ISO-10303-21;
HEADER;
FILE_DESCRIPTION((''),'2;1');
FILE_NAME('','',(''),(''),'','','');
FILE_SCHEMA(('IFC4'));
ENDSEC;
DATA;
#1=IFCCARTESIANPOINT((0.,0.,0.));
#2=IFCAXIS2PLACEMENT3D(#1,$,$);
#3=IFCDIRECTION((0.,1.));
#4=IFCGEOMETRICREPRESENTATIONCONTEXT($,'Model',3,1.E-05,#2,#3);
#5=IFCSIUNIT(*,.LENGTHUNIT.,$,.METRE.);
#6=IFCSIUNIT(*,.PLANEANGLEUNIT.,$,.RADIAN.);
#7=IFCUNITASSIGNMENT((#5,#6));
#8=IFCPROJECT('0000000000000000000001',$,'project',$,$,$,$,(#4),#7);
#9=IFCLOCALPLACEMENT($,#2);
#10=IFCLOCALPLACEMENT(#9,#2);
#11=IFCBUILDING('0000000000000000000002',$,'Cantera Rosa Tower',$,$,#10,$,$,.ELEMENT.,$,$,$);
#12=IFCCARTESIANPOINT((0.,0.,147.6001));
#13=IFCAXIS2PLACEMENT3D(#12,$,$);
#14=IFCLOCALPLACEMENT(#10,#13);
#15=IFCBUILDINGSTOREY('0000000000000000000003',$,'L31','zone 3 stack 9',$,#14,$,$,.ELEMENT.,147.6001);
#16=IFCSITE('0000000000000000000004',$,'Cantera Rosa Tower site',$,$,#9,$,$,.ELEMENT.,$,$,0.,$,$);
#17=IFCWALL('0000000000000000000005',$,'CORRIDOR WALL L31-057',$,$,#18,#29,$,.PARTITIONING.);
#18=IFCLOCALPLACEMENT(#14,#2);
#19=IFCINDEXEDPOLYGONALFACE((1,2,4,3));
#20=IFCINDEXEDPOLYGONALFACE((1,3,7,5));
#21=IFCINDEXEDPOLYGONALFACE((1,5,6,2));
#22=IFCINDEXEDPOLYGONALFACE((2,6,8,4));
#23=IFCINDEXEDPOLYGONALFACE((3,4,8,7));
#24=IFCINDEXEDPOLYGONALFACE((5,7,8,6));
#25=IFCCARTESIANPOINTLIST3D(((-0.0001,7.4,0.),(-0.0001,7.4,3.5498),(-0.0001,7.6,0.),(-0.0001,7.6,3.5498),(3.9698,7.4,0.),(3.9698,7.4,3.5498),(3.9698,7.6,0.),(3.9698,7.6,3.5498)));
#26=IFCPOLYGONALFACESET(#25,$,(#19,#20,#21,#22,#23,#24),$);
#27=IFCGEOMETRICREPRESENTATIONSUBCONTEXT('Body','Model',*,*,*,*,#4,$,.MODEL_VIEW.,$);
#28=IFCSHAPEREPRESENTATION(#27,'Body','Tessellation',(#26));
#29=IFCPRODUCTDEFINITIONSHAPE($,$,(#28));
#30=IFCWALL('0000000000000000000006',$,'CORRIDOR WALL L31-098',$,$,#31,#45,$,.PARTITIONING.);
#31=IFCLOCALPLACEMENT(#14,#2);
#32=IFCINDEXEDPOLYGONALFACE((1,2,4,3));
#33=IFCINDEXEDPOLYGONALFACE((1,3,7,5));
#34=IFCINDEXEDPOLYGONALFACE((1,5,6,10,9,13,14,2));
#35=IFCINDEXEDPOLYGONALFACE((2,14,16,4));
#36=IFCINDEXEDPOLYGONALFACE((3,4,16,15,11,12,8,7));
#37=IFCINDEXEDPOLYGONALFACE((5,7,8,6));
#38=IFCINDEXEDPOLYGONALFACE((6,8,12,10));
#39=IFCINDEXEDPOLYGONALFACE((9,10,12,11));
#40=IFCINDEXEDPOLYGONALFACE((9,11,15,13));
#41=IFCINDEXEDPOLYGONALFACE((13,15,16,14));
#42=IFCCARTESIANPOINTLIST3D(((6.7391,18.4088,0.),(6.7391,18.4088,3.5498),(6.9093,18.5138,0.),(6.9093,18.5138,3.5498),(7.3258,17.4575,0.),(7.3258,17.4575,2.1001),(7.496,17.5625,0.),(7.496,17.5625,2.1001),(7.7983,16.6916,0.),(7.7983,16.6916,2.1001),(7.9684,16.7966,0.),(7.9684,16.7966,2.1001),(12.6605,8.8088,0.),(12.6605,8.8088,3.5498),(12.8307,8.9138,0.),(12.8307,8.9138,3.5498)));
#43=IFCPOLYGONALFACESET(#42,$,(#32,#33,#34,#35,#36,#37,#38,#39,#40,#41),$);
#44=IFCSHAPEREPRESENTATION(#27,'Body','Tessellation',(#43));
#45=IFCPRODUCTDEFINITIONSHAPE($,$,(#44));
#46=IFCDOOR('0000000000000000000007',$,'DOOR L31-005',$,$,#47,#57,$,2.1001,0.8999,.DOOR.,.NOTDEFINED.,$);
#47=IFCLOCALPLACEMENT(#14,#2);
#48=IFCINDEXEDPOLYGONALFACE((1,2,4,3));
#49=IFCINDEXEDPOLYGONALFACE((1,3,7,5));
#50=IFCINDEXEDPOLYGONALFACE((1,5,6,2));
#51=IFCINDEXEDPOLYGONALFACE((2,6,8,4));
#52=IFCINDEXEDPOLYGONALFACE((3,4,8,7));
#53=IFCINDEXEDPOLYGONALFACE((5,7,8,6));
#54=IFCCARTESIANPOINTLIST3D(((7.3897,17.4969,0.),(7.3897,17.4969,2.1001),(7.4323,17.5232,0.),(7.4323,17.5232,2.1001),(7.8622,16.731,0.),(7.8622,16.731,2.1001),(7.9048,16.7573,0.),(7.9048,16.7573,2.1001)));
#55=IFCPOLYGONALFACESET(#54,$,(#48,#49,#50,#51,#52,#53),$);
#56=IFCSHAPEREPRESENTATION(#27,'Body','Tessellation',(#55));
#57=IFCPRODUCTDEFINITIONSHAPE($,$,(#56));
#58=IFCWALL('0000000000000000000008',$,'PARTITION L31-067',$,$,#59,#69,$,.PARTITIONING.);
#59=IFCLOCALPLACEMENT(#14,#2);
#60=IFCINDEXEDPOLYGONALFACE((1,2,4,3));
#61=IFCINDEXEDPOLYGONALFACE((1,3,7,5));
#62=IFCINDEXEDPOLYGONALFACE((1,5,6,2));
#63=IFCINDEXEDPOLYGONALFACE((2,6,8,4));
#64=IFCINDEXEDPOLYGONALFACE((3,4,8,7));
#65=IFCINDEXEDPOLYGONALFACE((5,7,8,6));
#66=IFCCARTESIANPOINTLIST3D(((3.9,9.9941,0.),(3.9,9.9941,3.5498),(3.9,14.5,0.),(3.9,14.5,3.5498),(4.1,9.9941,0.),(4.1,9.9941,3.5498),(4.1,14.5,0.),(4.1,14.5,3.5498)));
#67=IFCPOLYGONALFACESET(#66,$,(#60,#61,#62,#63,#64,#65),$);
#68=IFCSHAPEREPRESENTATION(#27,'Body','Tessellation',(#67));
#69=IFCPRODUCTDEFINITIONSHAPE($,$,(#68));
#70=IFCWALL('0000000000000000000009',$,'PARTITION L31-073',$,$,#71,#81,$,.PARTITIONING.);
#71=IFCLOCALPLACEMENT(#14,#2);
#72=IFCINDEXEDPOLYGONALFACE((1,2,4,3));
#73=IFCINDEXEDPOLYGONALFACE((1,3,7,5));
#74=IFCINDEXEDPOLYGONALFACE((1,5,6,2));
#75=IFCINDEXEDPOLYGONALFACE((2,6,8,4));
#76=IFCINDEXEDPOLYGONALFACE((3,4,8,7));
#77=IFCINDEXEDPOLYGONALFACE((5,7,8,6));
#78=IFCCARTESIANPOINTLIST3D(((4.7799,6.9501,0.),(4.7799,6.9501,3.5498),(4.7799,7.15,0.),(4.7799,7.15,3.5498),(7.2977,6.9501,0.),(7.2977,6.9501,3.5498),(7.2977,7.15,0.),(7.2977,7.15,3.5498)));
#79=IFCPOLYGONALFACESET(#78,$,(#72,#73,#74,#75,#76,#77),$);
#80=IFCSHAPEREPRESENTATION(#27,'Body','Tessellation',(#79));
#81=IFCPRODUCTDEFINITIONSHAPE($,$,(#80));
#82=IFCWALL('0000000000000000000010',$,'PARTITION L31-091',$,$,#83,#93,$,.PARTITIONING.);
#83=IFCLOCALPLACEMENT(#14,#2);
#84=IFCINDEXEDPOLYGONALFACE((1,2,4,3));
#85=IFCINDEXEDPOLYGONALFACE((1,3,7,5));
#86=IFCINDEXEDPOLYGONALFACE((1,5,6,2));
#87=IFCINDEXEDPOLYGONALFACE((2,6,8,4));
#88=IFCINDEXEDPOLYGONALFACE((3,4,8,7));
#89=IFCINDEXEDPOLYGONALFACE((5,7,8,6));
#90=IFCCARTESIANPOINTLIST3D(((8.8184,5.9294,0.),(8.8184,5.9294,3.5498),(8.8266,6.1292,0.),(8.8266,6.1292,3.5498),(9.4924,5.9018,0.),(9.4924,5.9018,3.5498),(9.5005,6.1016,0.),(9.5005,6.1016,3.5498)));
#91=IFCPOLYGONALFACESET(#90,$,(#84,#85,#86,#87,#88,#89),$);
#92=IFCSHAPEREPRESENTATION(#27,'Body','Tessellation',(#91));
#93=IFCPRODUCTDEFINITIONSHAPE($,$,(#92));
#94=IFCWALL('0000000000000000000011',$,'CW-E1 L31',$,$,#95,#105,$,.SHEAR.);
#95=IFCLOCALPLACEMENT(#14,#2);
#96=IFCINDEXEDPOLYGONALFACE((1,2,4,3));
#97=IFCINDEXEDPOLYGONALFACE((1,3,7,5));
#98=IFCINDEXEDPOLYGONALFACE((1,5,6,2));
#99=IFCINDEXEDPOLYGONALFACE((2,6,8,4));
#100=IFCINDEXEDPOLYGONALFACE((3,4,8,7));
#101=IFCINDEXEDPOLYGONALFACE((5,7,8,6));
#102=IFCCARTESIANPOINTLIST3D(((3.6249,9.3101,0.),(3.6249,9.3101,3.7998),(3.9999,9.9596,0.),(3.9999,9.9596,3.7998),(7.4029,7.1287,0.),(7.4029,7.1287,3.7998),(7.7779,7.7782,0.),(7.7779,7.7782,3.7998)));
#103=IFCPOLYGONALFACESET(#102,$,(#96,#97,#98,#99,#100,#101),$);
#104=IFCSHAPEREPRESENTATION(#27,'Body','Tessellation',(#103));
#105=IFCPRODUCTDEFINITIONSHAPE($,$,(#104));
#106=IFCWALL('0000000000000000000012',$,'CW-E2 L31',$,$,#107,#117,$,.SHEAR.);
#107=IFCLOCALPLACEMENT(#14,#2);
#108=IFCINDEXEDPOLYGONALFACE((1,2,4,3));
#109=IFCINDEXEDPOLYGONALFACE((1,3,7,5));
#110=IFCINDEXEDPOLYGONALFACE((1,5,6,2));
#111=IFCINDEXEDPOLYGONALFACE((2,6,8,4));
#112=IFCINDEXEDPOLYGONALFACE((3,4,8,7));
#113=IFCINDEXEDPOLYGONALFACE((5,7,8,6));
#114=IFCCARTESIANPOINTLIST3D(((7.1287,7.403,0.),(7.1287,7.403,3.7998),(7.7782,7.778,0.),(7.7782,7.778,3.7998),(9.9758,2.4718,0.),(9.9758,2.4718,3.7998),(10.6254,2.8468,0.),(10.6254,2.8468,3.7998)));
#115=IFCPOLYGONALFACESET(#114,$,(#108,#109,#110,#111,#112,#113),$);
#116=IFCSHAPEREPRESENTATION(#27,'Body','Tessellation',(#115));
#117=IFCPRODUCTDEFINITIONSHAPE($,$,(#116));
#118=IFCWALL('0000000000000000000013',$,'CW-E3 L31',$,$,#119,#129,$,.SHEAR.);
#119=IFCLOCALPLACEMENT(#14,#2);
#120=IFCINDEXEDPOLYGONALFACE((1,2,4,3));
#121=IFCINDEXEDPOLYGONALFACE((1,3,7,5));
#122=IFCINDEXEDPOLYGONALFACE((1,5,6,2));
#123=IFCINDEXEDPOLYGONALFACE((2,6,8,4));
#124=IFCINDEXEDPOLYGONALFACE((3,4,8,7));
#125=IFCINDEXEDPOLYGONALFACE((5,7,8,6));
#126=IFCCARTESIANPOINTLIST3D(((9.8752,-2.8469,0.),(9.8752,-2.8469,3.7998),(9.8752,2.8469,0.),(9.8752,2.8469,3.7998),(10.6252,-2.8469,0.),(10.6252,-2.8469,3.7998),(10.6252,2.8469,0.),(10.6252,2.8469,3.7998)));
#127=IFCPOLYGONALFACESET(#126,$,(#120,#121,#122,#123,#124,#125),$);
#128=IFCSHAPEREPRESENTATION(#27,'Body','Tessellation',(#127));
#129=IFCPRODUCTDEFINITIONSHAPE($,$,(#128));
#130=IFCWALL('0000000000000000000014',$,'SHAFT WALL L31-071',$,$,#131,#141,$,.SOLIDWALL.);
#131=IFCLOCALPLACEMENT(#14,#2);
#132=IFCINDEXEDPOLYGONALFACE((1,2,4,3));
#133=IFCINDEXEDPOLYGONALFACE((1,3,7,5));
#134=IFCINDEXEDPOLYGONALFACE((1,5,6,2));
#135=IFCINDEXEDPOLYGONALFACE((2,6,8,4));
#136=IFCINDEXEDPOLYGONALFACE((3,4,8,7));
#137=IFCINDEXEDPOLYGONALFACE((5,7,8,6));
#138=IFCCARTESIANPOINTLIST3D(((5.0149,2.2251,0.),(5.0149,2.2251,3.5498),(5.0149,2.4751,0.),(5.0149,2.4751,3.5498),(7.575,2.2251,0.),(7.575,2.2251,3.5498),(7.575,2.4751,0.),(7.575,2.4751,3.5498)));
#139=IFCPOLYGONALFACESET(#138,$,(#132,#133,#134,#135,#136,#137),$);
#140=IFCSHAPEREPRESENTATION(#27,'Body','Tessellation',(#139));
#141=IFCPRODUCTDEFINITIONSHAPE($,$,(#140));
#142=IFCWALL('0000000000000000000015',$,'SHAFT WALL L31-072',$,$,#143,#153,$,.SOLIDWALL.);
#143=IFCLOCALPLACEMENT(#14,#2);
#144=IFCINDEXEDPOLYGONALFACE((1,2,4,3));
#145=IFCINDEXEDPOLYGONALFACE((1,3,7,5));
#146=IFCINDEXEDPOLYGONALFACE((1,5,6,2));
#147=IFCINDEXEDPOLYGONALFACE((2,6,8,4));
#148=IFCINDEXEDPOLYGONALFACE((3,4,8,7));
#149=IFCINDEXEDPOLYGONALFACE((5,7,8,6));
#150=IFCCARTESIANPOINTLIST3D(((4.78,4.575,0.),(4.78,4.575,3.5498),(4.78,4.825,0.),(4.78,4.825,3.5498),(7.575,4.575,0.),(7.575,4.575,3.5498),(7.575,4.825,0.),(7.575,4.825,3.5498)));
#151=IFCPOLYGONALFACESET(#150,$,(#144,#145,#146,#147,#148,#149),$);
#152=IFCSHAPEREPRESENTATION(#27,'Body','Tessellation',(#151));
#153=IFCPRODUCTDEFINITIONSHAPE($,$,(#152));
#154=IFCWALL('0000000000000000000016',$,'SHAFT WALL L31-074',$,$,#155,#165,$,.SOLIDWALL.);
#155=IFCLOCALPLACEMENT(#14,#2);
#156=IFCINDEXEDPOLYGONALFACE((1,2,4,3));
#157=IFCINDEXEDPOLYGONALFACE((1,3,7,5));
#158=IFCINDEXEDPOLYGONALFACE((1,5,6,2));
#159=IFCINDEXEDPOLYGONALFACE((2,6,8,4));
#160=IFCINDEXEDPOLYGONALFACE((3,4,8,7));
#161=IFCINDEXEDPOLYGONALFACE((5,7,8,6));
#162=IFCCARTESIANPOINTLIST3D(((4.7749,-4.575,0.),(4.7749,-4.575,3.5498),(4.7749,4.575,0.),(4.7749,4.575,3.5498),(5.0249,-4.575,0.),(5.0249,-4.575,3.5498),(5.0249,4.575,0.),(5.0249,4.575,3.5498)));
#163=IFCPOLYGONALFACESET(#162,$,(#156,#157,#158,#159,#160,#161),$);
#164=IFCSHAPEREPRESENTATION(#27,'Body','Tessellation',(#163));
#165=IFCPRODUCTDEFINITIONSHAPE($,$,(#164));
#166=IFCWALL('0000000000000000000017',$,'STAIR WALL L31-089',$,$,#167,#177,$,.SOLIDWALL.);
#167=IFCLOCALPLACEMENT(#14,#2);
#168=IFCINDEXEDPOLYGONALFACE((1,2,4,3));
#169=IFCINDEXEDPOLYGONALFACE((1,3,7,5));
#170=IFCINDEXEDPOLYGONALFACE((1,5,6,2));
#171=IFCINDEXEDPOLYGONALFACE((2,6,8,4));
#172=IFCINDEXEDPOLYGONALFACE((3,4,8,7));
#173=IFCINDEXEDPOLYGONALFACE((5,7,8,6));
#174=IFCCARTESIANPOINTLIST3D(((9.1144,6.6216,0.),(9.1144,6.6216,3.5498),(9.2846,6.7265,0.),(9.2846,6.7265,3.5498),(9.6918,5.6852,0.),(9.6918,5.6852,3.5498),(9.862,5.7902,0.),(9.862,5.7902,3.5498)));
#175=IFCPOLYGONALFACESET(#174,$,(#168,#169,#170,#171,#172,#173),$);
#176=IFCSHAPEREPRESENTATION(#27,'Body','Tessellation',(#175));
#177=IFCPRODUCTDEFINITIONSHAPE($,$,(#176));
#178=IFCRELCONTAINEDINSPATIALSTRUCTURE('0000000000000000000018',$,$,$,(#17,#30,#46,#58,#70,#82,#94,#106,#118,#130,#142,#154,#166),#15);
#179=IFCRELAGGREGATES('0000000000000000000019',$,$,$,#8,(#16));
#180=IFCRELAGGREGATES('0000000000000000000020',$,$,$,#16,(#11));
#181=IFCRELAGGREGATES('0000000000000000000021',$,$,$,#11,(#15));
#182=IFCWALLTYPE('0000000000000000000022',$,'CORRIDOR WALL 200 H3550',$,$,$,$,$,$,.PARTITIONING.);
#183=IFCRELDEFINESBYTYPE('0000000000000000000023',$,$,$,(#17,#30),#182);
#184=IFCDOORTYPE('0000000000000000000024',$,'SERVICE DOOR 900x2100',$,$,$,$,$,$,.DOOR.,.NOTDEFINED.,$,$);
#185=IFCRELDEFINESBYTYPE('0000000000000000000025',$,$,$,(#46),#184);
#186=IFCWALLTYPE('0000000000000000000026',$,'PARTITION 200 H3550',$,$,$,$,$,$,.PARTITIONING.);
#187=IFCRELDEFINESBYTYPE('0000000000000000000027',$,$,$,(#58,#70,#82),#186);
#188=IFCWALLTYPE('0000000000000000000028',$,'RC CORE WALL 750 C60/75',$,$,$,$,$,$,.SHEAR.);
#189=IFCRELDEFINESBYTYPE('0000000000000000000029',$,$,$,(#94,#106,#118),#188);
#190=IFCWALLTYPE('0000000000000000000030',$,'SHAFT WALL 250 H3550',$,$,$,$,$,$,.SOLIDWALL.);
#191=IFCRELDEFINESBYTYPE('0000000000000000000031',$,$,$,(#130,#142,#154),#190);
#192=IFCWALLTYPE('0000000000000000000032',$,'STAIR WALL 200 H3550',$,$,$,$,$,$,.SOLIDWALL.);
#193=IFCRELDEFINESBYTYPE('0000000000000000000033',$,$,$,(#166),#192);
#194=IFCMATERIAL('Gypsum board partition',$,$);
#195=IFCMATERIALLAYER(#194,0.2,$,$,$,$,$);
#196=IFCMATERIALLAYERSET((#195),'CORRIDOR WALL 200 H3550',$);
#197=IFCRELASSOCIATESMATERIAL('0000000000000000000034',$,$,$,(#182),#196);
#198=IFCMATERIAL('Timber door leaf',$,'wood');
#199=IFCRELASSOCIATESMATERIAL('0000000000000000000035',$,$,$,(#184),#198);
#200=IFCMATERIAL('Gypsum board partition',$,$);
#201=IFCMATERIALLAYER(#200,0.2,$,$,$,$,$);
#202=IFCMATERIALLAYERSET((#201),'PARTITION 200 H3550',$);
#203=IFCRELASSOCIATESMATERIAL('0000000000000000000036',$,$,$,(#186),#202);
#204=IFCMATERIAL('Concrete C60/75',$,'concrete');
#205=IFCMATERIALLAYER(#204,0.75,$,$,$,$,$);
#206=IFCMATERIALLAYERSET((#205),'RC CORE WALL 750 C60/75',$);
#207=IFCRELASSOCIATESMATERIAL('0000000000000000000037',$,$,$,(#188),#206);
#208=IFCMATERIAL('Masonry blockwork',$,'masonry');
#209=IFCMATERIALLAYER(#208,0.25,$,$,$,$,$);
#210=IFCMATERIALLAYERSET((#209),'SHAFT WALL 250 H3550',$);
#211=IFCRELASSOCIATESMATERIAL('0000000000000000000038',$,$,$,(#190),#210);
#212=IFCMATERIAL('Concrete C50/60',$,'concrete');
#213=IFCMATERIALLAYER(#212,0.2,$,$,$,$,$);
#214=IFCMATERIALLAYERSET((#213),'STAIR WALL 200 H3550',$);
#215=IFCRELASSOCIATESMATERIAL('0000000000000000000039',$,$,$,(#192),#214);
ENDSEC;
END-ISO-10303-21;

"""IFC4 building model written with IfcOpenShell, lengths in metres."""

from ifc_helpers import new_model, si_unit, direction, frame, frame_2d, origin, place, context, subcontext, project, spatial, rectangle, extrude, material, layer, layer_set, type_object, element, fill, save


model = new_model("IFC4")

# Units and contexts
model_context = context("Model", 3, precision=1e-05, world=origin(), true_north=direction((0.0, 1.0)))
body_context = subcontext(model_context, "Body", "Model", "MODEL_VIEW")
ifc_project = project(units=[si_unit("LENGTHUNIT", "METRE"), si_unit("PLANEANGLEUNIT", "RADIAN")], contexts=[model_context])

# Site, building, storey
site_placement = place(None, origin())
site = spatial("IfcSite", under=ifc_project, at=site_placement, Name="Cantera Rosa Tower site", CompositionType="ELEMENT", RefElevation=0.0)
building_placement = place(site_placement, origin())
building = spatial("IfcBuilding", under=site, at=building_placement, Name="Cantera Rosa Tower", CompositionType="ELEMENT")
storey_placement = place(building_placement, frame((0.0, 0.0, 147.6001)))
storey = spatial("IfcBuildingStorey", under=building, at=storey_placement, Name="L31", Description="zone 3 stack 9", CompositionType="ELEMENT", Elevation=147.6001)

# Wall
ifc_material_1 = material(Name="Gypsum board partition")
ifc_layer_1 = layer(ifc_material_1, 0.2)
ifc_layer_set_1 = layer_set([ifc_layer_1], Name="CORRIDOR WALL 200 H3550")
wall_type_1 = type_object("IfcWallType", Name="CORRIDOR WALL 200 H3550", PredefinedType="PARTITIONING", material=ifc_layer_set_1)
wall_1_placement = place(storey_placement, frame((0.0, 7.5, 0.0), z_axis=(0.0, 0.0, 1.0), x_axis=(1.0, 0.0, 0.0)))
element("IfcWall", 1, at=wall_1_placement, inside=storey, type_object=wall_type_1, Name="CORRIDOR WALL L31-057", PredefinedType="PARTITIONING", context=body_context, shape_type="SweptSolid", body=[
    extrude(rectangle(XDim=3.97, YDim=0.2, at=frame_2d((1.9849, 0.0))), origin(), (0.0, 0.0, 1.0), 3.5498),
])

# Wall, opening, door
wall_2_placement = place(storey_placement, frame((12.7456, 8.8613, 0.0), z_axis=(0.0, 0.0, 1.0), x_axis=(-0.524984, 0.851112, 0.0)))
wall_2 = element("IfcWall", 2, at=wall_2_placement, inside=storey, type_object=wall_type_1, Name="CORRIDOR WALL L31-098", PredefinedType="PARTITIONING", context=body_context, shape_type="SweptSolid", body=[
    extrude(rectangle(XDim=11.2793, YDim=0.2, at=frame_2d((5.6396, 0.0))), origin(), (0.0, 0.0, 1.0), 3.5498),
])
opening_placement = place(wall_2_placement, frame((9.2617, 0.0, 0.0)))
opening = element("IfcOpeningElement", 3, at=opening_placement, cuts=wall_2, PredefinedType="OPENING", context=body_context, shape_type="SweptSolid", body=[
    extrude(rectangle(XDim=0.8999, YDim=2.1001, at=frame_2d((0.45, 1.05))), frame((0.0, 0.1099, 0.0), z_axis=(0.0, -1.0, 0.0), x_axis=(1.0, 0.0, 0.0)), (0.0, 0.0, 1.0), 0.22),
])
ifc_material_2 = material(Name="Timber door leaf", Category="wood")
door_type = type_object("IfcDoorType", Name="SERVICE DOOR 900x2100", OperationType="NOTDEFINED", PredefinedType="DOOR", material=ifc_material_2)
door_placement = place(opening_placement, origin())
door = element("IfcDoor", 4, at=door_placement, inside=storey, type_object=door_type, Name="DOOR L31-005", OperationType="NOTDEFINED", OverallHeight=2.1001, OverallWidth=0.8999, PredefinedType="DOOR", context=body_context, shape_type="SweptSolid", body=[
    extrude(rectangle(XDim=0.8999, YDim=2.1001, at=frame_2d((0.45, 1.05))), frame((0.0, 0.0249, 0.0), z_axis=(0.0, -1.0, 0.0), x_axis=(1.0, 0.0, 0.0)), (0.0, 0.0, 1.0), 0.05),
])
fill(opening, door)

# Walls
ifc_material_3 = material(Name="Gypsum board partition")
ifc_layer_2 = layer(ifc_material_3, 0.2)
ifc_layer_set_2 = layer_set([ifc_layer_2], Name="PARTITION 200 H3550")
wall_type_2 = type_object("IfcWallType", Name="PARTITION 200 H3550", PredefinedType="PARTITIONING", material=ifc_layer_set_2)
wall_3_placement = place(storey_placement, frame((4.0, 9.9941, 0.0), z_axis=(0.0, 0.0, 1.0), x_axis=(0.0, 1.0, 0.0)))
element("IfcWall", 5, at=wall_3_placement, inside=storey, type_object=wall_type_2, Name="PARTITION L31-067", PredefinedType="PARTITIONING", context=body_context, shape_type="SweptSolid", body=[
    extrude(rectangle(XDim=4.5059, YDim=0.2, at=frame_2d((2.2529, 0.0))), origin(), (0.0, 0.0, 1.0), 3.5498),
])
wall_4_placement = place(storey_placement, frame((4.78, 7.05, 0.0), z_axis=(0.0, 0.0, 1.0), x_axis=(1.0, 0.0, 0.0)))
element("IfcWall", 6, at=wall_4_placement, inside=storey, type_object=wall_type_2, Name="PARTITION L31-073", PredefinedType="PARTITIONING", context=body_context, shape_type="SweptSolid", body=[
    extrude(rectangle(XDim=2.5178, YDim=0.2, at=frame_2d((1.2588, 0.0))), origin(), (0.0, 0.0, 1.0), 3.5498),
])
wall_5_placement = place(storey_placement, frame((9.4966, 6.0017, 0.0), z_axis=(0.0, 0.0, 1.0), x_axis=(-0.999164, 0.040893, 0.0)))
element("IfcWall", 7, at=wall_5_placement, inside=storey, type_object=wall_type_2, Name="PARTITION L31-091", PredefinedType="PARTITIONING", context=body_context, shape_type="SweptSolid", body=[
    extrude(rectangle(XDim=0.6746, YDim=0.2, at=frame_2d((0.3374, 0.0))), origin(), (0.0, 0.0, 1.0), 3.5498),
])
ifc_material_4 = material(Name="Concrete C60/75", Category="concrete")
ifc_layer_3 = layer(ifc_material_4, 0.75)
ifc_layer_set_3 = layer_set([ifc_layer_3], Name="RC CORE WALL 750 C60/75")
wall_type_3 = type_object("IfcWallType", Name="RC CORE WALL 750 C60/75", PredefinedType="SHEAR", material=ifc_layer_set_3)
wall_6_placement = place(storey_placement, frame((3.8125, 9.6348, 0.0), z_axis=(0.0, 0.0, 1.0), x_axis=(0.866013, -0.500021, 0.0)))
element("IfcWall", 8, at=wall_6_placement, inside=storey, type_object=wall_type_3, Name="CW-E1 L31", PredefinedType="SHEAR", context=body_context, shape_type="SweptSolid", body=[
    extrude(rectangle(XDim=4.3625, YDim=0.75, at=frame_2d((2.1812, 0.0))), origin(), (0.0, 0.0, 1.0), 3.7998),
])
wall_7_placement = place(storey_placement, frame((7.4534, 7.5906, 0.0), z_axis=(0.0, 0.0, 1.0), x_axis=(0.500022, -0.866013, 0.0)))
element("IfcWall", 9, at=wall_7_placement, inside=storey, type_object=wall_type_3, Name="CW-E2 L31", PredefinedType="SHEAR", context=body_context, shape_type="SweptSolid", body=[
    extrude(rectangle(XDim=5.6941, YDim=0.75, at=frame_2d((2.8472, 0.0))), origin(), (0.0, 0.0, 1.0), 3.7998),
])
wall_8_placement = place(storey_placement, frame((10.2502, 2.8469, 0.0), z_axis=(0.0, 0.0, 1.0), x_axis=(0.0, -1.0, 0.0)))
element("IfcWall", 10, at=wall_8_placement, inside=storey, type_object=wall_type_3, Name="CW-E3 L31", PredefinedType="SHEAR", context=body_context, shape_type="SweptSolid", body=[
    extrude(rectangle(XDim=5.6938, YDim=0.75, at=frame_2d((2.8469, 0.0))), origin(), (0.0, 0.0, 1.0), 3.7998),
])
ifc_material_5 = material(Name="Masonry blockwork", Category="masonry")
ifc_layer_4 = layer(ifc_material_5, 0.25)
ifc_layer_set_4 = layer_set([ifc_layer_4], Name="SHAFT WALL 250 H3550")
wall_type_4 = type_object("IfcWallType", Name="SHAFT WALL 250 H3550", PredefinedType="SOLIDWALL", material=ifc_layer_set_4)
wall_9_placement = place(storey_placement, frame((5.0149, 2.3501, 0.0), z_axis=(0.0, 0.0, 1.0), x_axis=(1.0, 0.0, 0.0)))
element("IfcWall", 11, at=wall_9_placement, inside=storey, type_object=wall_type_4, Name="SHAFT WALL L31-071", PredefinedType="SOLIDWALL", context=body_context, shape_type="SweptSolid", body=[
    extrude(rectangle(XDim=2.5601, YDim=0.25, at=frame_2d((1.28, 0.0))), origin(), (0.0, 0.0, 1.0), 3.5498),
])
wall_10_placement = place(storey_placement, frame((4.78, 4.7, 0.0), z_axis=(0.0, 0.0, 1.0), x_axis=(1.0, 0.0, 0.0)))
element("IfcWall", 12, at=wall_10_placement, inside=storey, type_object=wall_type_4, Name="SHAFT WALL L31-072", PredefinedType="SOLIDWALL", context=body_context, shape_type="SweptSolid", body=[
    extrude(rectangle(XDim=2.7949, YDim=0.25, at=frame_2d((1.3975, 0.0))), origin(), (0.0, 0.0, 1.0), 3.5498),
])
wall_11_placement = place(storey_placement, frame((4.8999, 4.575, 0.0), z_axis=(0.0, 0.0, 1.0), x_axis=(0.0, -1.0, 0.0)))
element("IfcWall", 13, at=wall_11_placement, inside=storey, type_object=wall_type_4, Name="SHAFT WALL L31-074", PredefinedType="SOLIDWALL", context=body_context, shape_type="SweptSolid", body=[
    extrude(rectangle(XDim=9.1499, YDim=0.25, at=frame_2d((4.575, 0.0))), origin(), (0.0, 0.0, 1.0), 3.5498),
])
ifc_material_6 = material(Name="Concrete C50/60", Category="concrete")
ifc_layer_5 = layer(ifc_material_6, 0.2)
ifc_layer_set_5 = layer_set([ifc_layer_5], Name="STAIR WALL 200 H3550")
wall_type_5 = type_object("IfcWallType", Name="STAIR WALL 200 H3550", PredefinedType="SOLIDWALL", material=ifc_layer_set_5)
wall_12_placement = place(storey_placement, frame((9.1995, 6.6741, 0.0), z_axis=(0.0, 0.0, 1.0), x_axis=(0.524902, -0.851163, 0.0)))
element("IfcWall", 14, at=wall_12_placement, inside=storey, type_object=wall_type_5, Name="STAIR WALL L31-089", PredefinedType="SOLIDWALL", context=body_context, shape_type="SweptSolid", body=[
    extrude(rectangle(XDim=1.1001, YDim=0.2, at=frame_2d((0.55, 0.0))), origin(), (0.0, 0.0, 1.0), 3.5498),
])

save(model, "model.ifc")
